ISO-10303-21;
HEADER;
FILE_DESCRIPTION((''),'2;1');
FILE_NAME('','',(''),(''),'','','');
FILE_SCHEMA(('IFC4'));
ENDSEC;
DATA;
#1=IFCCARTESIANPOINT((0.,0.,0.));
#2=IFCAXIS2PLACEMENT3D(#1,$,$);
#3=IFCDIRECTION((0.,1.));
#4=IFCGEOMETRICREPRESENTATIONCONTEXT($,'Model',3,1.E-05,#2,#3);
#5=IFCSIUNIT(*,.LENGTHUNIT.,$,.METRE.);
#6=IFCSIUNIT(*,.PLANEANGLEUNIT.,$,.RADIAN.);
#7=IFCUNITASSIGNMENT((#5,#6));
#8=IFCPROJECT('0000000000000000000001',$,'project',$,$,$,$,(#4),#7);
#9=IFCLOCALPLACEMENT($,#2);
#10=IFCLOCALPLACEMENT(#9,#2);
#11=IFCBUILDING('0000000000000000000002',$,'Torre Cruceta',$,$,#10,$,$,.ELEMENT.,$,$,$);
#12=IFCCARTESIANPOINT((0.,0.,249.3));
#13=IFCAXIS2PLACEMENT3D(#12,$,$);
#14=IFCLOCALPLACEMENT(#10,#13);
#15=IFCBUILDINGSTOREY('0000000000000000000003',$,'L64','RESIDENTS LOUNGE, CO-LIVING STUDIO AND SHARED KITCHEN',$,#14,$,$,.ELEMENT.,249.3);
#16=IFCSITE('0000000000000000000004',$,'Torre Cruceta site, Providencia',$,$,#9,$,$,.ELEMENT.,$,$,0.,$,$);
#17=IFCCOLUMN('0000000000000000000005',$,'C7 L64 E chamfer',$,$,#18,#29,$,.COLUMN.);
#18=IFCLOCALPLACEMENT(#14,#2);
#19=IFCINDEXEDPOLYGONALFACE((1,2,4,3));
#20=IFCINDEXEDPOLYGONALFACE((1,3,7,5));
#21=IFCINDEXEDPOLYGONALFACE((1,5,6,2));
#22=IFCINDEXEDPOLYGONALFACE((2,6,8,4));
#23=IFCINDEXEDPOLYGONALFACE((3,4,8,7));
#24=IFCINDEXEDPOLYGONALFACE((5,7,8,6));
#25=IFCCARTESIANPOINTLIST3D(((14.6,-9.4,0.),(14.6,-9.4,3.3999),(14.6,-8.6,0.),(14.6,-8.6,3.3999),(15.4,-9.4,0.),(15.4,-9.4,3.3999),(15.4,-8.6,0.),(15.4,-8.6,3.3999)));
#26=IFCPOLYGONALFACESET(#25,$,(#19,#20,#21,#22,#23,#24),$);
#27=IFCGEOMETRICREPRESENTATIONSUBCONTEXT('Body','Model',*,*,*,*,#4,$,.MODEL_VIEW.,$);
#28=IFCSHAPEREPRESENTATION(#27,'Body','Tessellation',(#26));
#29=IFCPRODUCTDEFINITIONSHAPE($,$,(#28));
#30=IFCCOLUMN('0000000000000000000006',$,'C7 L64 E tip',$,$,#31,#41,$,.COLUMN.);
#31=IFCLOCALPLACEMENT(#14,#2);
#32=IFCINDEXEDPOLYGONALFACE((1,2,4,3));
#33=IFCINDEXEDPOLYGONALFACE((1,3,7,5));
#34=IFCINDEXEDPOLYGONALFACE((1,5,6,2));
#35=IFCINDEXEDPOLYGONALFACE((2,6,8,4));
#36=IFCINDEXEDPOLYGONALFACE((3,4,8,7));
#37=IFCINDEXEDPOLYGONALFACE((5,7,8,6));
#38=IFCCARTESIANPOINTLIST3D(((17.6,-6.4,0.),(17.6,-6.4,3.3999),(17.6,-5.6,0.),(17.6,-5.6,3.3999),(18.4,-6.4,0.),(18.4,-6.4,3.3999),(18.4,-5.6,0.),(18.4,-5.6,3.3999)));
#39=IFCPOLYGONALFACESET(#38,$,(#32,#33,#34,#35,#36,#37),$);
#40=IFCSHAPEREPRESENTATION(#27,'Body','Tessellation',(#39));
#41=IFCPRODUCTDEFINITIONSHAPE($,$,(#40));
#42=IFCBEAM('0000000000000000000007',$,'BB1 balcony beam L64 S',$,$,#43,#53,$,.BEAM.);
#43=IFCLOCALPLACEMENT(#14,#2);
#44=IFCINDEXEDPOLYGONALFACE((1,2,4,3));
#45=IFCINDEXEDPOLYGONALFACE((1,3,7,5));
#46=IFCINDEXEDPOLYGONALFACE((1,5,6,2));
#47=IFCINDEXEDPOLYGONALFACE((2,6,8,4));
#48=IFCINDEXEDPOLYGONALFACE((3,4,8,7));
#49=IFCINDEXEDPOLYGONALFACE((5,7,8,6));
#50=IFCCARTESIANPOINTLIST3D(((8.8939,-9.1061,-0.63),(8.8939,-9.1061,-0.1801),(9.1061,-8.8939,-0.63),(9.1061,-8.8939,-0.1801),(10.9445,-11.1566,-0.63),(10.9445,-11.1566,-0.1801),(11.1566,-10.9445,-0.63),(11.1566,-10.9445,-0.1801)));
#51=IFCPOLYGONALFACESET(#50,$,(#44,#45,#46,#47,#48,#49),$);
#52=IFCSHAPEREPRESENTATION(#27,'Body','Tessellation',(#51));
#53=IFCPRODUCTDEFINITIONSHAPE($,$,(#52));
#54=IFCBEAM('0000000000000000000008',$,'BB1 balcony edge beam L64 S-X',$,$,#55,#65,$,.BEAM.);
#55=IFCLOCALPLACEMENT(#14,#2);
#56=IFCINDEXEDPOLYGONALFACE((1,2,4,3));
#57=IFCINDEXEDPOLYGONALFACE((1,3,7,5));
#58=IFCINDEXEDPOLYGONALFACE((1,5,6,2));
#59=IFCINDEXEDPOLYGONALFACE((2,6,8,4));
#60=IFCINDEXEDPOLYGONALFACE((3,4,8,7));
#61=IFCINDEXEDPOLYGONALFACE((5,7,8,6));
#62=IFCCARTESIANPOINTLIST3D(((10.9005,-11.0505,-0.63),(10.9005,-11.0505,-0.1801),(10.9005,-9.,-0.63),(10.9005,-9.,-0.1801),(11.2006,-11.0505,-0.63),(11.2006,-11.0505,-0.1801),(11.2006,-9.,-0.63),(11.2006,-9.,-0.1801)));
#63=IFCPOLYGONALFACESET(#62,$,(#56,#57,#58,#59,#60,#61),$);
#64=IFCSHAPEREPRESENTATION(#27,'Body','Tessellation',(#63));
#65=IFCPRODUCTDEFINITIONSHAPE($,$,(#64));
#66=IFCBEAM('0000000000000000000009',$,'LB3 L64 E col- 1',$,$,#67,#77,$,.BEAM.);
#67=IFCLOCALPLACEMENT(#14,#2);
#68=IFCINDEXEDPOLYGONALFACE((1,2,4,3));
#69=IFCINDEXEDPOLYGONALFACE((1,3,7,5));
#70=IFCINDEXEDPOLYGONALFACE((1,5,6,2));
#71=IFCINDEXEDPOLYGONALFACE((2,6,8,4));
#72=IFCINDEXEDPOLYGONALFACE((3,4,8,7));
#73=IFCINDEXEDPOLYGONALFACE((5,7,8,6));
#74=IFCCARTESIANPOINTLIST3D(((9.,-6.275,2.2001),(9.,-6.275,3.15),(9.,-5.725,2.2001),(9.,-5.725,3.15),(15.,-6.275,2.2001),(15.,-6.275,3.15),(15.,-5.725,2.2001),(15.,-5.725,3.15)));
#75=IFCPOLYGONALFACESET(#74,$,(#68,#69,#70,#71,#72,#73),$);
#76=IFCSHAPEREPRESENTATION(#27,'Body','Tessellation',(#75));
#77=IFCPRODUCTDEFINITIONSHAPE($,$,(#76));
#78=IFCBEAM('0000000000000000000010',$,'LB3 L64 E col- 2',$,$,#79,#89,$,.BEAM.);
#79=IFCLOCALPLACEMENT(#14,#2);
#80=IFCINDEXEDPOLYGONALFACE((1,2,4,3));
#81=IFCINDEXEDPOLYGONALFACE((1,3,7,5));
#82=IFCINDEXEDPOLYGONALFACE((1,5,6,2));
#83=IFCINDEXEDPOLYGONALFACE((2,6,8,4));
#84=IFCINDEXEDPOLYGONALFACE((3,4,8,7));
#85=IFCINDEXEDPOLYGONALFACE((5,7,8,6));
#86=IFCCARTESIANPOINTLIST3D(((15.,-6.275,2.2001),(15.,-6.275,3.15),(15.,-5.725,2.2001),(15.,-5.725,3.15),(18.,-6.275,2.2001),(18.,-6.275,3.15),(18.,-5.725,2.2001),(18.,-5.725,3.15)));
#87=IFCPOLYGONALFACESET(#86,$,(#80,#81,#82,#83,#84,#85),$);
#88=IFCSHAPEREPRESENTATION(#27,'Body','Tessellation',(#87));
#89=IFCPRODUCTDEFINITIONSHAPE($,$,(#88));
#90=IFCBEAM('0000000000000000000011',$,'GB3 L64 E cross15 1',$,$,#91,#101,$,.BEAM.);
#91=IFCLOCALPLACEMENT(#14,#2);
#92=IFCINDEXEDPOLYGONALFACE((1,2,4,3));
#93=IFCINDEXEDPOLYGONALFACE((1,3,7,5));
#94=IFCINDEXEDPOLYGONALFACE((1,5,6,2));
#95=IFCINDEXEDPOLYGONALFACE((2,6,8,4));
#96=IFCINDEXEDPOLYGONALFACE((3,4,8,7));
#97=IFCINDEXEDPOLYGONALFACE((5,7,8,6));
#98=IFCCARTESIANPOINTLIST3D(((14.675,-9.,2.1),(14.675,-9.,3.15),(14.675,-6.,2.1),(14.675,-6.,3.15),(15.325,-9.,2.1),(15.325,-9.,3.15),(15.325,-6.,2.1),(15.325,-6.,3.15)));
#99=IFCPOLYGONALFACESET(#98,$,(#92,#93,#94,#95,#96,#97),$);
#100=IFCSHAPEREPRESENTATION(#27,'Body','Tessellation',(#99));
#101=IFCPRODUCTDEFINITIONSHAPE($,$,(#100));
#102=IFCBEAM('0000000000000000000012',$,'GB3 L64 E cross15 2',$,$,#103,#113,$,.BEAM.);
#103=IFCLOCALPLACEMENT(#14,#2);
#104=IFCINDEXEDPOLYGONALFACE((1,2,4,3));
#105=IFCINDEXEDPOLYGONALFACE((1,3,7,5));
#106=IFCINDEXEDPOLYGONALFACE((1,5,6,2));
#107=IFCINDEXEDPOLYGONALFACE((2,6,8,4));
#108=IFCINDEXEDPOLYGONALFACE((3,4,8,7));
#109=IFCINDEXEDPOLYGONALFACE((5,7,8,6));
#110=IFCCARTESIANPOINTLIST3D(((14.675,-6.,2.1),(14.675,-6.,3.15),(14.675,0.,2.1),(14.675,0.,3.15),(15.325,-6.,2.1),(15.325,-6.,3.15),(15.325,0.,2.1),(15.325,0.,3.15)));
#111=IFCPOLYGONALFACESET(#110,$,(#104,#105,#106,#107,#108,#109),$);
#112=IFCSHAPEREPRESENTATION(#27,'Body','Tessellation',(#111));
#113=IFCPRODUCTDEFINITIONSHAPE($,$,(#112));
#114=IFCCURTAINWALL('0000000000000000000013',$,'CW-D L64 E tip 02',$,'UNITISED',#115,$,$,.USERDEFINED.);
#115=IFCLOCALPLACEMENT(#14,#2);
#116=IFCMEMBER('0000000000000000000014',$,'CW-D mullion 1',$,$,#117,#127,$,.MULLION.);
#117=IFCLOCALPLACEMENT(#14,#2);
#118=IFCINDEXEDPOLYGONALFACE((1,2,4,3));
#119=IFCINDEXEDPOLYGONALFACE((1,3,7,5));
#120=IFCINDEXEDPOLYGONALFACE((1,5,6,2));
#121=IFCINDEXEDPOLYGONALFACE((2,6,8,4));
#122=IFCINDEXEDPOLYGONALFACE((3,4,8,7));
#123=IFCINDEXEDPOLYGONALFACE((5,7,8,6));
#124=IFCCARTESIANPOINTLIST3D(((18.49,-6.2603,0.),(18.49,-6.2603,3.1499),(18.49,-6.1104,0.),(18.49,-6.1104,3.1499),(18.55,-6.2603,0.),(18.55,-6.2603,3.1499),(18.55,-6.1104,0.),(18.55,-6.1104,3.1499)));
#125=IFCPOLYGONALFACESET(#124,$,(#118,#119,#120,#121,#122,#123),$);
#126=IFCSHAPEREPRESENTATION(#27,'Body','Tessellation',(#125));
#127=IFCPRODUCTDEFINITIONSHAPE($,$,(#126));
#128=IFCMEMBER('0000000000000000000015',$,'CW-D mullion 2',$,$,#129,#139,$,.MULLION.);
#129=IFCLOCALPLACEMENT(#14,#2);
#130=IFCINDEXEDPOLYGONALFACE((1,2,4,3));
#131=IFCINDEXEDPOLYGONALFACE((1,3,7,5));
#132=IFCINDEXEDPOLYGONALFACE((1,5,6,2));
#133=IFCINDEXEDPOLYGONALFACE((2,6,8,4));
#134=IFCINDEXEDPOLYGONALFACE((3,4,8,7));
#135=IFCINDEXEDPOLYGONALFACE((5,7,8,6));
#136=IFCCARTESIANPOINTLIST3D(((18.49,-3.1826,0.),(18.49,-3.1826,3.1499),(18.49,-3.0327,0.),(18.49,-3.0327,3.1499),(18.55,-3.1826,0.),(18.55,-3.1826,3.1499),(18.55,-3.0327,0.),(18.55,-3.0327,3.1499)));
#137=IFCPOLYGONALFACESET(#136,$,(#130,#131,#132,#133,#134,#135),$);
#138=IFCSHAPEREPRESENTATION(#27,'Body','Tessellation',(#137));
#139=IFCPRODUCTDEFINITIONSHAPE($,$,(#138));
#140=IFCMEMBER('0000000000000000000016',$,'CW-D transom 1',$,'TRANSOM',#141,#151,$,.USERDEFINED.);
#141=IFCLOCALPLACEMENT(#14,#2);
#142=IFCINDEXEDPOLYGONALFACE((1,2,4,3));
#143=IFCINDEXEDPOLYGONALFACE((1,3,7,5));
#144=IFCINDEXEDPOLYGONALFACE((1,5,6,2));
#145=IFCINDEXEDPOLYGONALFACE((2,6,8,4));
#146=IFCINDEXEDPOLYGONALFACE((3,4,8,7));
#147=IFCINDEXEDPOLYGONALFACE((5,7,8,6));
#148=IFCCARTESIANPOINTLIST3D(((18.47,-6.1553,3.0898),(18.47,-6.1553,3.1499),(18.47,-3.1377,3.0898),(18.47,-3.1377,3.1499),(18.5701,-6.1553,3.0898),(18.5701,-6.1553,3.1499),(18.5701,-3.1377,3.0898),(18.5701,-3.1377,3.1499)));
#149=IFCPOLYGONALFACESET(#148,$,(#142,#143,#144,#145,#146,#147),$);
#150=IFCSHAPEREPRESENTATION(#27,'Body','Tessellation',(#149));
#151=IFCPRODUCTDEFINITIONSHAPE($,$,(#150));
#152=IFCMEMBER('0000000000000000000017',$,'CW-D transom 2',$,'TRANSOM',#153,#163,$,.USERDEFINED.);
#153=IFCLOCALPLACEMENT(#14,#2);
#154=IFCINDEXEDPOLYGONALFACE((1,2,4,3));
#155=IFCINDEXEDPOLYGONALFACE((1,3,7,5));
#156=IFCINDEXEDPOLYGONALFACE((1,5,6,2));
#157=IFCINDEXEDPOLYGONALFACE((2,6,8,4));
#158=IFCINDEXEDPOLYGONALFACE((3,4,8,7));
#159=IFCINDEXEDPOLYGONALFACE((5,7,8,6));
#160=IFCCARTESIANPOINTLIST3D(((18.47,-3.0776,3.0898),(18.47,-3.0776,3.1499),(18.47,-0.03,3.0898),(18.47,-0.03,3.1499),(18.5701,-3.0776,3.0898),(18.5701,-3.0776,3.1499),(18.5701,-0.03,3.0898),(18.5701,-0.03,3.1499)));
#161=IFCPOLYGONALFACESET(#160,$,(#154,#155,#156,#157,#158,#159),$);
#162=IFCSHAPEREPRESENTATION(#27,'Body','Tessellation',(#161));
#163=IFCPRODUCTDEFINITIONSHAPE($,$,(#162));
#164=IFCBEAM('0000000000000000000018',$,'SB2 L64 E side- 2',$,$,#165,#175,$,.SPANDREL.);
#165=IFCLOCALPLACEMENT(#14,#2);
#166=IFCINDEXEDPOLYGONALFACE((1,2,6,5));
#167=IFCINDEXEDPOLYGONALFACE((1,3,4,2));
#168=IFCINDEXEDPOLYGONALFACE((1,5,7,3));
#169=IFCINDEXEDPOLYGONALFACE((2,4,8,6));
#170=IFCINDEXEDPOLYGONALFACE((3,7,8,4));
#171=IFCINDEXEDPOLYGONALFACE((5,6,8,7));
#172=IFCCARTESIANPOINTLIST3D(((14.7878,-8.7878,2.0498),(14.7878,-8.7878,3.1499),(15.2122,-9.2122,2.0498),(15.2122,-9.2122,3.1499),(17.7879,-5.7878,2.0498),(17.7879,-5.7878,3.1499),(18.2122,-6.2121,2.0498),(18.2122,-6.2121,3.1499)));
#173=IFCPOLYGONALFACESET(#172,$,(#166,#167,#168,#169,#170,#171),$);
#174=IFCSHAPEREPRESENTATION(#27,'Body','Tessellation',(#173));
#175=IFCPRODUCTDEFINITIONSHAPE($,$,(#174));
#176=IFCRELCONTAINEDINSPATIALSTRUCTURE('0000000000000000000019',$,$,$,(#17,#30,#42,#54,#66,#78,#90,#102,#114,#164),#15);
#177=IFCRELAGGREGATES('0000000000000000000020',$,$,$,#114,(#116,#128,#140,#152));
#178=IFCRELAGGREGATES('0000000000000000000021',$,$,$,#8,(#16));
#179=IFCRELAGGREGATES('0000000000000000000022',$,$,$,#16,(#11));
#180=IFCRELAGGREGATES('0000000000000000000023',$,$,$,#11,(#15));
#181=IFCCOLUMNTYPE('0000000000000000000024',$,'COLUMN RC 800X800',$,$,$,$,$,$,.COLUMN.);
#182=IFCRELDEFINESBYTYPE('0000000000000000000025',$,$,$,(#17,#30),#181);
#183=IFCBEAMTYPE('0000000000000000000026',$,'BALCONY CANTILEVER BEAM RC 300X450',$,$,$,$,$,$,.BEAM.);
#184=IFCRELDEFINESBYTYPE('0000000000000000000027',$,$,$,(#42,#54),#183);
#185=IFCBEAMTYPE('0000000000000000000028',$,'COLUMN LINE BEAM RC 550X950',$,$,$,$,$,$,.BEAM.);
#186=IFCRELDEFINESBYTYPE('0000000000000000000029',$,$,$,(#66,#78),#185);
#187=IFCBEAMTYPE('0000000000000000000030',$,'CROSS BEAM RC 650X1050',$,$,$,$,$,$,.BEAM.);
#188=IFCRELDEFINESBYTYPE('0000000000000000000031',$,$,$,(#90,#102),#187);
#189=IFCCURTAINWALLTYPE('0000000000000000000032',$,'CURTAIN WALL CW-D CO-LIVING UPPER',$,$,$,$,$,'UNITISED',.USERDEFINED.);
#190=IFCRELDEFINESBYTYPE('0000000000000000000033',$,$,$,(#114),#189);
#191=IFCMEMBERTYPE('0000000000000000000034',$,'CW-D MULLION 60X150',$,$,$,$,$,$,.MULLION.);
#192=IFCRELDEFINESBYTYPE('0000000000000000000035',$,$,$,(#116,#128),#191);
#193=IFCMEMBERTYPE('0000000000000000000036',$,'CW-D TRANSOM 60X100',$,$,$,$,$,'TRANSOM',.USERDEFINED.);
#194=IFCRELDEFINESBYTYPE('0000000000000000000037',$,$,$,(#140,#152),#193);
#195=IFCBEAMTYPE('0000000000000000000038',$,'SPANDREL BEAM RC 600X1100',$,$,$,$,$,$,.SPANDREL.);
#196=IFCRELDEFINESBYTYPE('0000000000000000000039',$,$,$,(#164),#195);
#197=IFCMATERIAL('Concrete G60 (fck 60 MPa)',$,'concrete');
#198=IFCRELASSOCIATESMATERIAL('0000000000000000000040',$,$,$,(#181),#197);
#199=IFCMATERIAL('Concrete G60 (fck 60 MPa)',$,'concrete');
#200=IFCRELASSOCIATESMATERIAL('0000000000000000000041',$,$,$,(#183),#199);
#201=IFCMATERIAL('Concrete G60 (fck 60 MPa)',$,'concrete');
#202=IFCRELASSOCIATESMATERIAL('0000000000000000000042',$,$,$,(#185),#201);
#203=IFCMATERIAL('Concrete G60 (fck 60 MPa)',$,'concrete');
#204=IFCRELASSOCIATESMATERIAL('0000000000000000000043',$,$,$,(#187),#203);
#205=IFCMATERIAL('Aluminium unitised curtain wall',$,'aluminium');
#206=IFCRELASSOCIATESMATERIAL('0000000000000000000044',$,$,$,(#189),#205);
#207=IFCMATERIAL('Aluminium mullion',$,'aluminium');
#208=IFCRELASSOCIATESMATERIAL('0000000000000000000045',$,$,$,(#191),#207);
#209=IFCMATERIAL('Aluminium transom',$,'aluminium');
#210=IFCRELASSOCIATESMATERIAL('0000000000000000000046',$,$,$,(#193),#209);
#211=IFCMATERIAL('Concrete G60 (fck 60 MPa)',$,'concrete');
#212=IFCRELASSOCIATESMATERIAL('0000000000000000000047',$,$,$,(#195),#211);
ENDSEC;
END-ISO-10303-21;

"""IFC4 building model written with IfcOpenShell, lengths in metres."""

from ifc_helpers import new_model, si_unit, direction, frame, origin, origin_2d, place, context, subcontext, project, spatial, rectangle, extrude, material, material_profile, profile_set, type_object, element, aggregate, save


model = new_model("IFC4")

# Units and contexts
model_context = context("Model", 3, precision=1e-05, world=origin(), true_north=direction((0.0, 1.0)))
body_context = subcontext(model_context, "Body", "Model", "MODEL_VIEW")
ifc_project = project(units=[si_unit("LENGTHUNIT", "METRE"), si_unit("PLANEANGLEUNIT", "RADIAN")], contexts=[model_context])

# Site, building, storey
site_placement = place(None, origin())
site = spatial("IfcSite", under=ifc_project, at=site_placement, Name="Torre Cruceta site, Providencia", CompositionType="ELEMENT", RefElevation=0.0)
building_placement = place(site_placement, origin())
building = spatial("IfcBuilding", under=site, at=building_placement, Name="Torre Cruceta", CompositionType="ELEMENT")
storey_placement = place(building_placement, frame((0.0, 0.0, 249.3)))
storey = spatial("IfcBuildingStorey", under=building, at=storey_placement, Name="L64", Description="RESIDENTS LOUNGE, CO-LIVING STUDIO AND SHARED KITCHEN", CompositionType="ELEMENT", Elevation=249.3)

# Columns
ifc_material_1 = material(Name="Concrete G60 (fck 60 MPa)", Category="concrete")
ifc_material_profile_1 = material_profile(ifc_material_1, rectangle(XDim=0.8, YDim=0.8, at=origin_2d()), Name="RC 800X800")
ifc_profile_set_1 = profile_set([ifc_material_profile_1], Name="Concrete G60 (fck 60 MPa)")
column_type = type_object("IfcColumnType", Name="COLUMN RC 800X800", PredefinedType="COLUMN", material=ifc_profile_set_1)
for number, where, z_axis, x_axis, name in (
    (1, (15.0, -9.0, 0.0), (0.0, 0.0, 1.0), (1.0, 0.0, 0.0), "C7 L64 E chamfer"),
    (2, (18.0, -6.0, 0.0), (0.0, 0.0, 1.0), (1.0, 0.0, 0.0), "C7 L64 E tip"),
):
    element("IfcColumn", number, at=place(storey_placement, frame(where, z_axis=z_axis, x_axis=x_axis)), inside=storey, type_object=column_type, Name=name, PredefinedType="COLUMN", context=body_context, shape_type="SweptSolid", body=[
        extrude(rectangle(XDim=0.8, YDim=0.8, at=origin_2d()), origin(), (0.0, 0.0, 1.0), 3.3999),
    ])

# Beams
ifc_material_2 = material(Name="Concrete G60 (fck 60 MPa)", Category="concrete")
ifc_material_profile_2 = material_profile(ifc_material_2, rectangle(XDim=0.3, YDim=0.45, at=origin_2d()), Name="RC 300X450")
ifc_profile_set_2 = profile_set([ifc_material_profile_2], Name="Concrete G60 (fck 60 MPa)")
beam_type_1 = type_object("IfcBeamType", Name="BALCONY CANTILEVER BEAM RC 300X450", PredefinedType="BEAM", material=ifc_profile_set_2)
beam_1_placement = place(storey_placement, frame((9.0, -9.0, -0.405), z_axis=(0.707107, -0.707107, 0.0), x_axis=(0.707107, 0.707107, 0.0)))
element("IfcBeam", 3, at=beam_1_placement, inside=storey, type_object=beam_type_1, Name="BB1 balcony beam L64 S", PredefinedType="BEAM", context=body_context, shape_type="SweptSolid", body=[
    extrude(rectangle(XDim=0.3, YDim=0.45, at=origin_2d()), origin(), (0.0, 0.0, 1.0), 2.8999),
])
beam_2_placement = place(storey_placement, frame((11.0505, -9.0, -0.405), z_axis=(0.0, -1.0, 0.0), x_axis=(1.0, 0.0, 0.0)))
element("IfcBeam", 4, at=beam_2_placement, inside=storey, type_object=beam_type_1, Name="BB1 balcony edge beam L64 S-X", PredefinedType="BEAM", context=body_context, shape_type="SweptSolid", body=[
    extrude(rectangle(XDim=0.3, YDim=0.45, at=origin_2d()), origin(), (0.0, 0.0, 1.0), 2.0505),
])
ifc_material_3 = material(Name="Concrete G60 (fck 60 MPa)", Category="concrete")
ifc_material_profile_3 = material_profile(ifc_material_3, rectangle(XDim=0.55, YDim=0.95, at=origin_2d()), Name="RC 550X950")
ifc_profile_set_3 = profile_set([ifc_material_profile_3], Name="Concrete G60 (fck 60 MPa)")
beam_type_2 = type_object("IfcBeamType", Name="COLUMN LINE BEAM RC 550X950", PredefinedType="BEAM", material=ifc_profile_set_3)
beam_3_placement = place(storey_placement, frame((9.0, -6.0, 2.675), z_axis=(1.0, 0.0, 0.0), x_axis=(0.0, 1.0, 0.0)))
element("IfcBeam", 5, at=beam_3_placement, inside=storey, type_object=beam_type_2, Name="LB3 L64 E col- 1", PredefinedType="BEAM", context=body_context, shape_type="SweptSolid", body=[
    extrude(rectangle(XDim=0.55, YDim=0.95, at=origin_2d()), origin(), (0.0, 0.0, 1.0), 6.0),
])
beam_4_placement = place(storey_placement, frame((15.0, -6.0, 2.675), z_axis=(1.0, 0.0, 0.0), x_axis=(0.0, 1.0, 0.0)))
element("IfcBeam", 6, at=beam_4_placement, inside=storey, type_object=beam_type_2, Name="LB3 L64 E col- 2", PredefinedType="BEAM", context=body_context, shape_type="SweptSolid", body=[
    extrude(rectangle(XDim=0.55, YDim=0.95, at=origin_2d()), origin(), (0.0, 0.0, 1.0), 3.0),
])
ifc_material_4 = material(Name="Concrete G60 (fck 60 MPa)", Category="concrete")
ifc_material_profile_4 = material_profile(ifc_material_4, rectangle(XDim=0.6499, YDim=1.05, at=origin_2d()), Name="RC 650X1050")
ifc_profile_set_4 = profile_set([ifc_material_profile_4], Name="Concrete G60 (fck 60 MPa)")
beam_type_3 = type_object("IfcBeamType", Name="CROSS BEAM RC 650X1050", PredefinedType="BEAM", material=ifc_profile_set_4)
beam_5_placement = place(storey_placement, frame((15.0, -9.0, 2.625), z_axis=(0.0, 1.0, 0.0), x_axis=(-1.0, 0.0, 0.0)))
element("IfcBeam", 7, at=beam_5_placement, inside=storey, type_object=beam_type_3, Name="GB3 L64 E cross15 1", PredefinedType="BEAM", context=body_context, shape_type="SweptSolid", body=[
    extrude(rectangle(XDim=0.6499, YDim=1.05, at=origin_2d()), origin(), (0.0, 0.0, 1.0), 3.0),
])
beam_6_placement = place(storey_placement, frame((15.0, -6.0, 2.625), z_axis=(0.0, 1.0, 0.0), x_axis=(-1.0, 0.0, 0.0)))
element("IfcBeam", 8, at=beam_6_placement, inside=storey, type_object=beam_type_3, Name="GB3 L64 E cross15 2", PredefinedType="BEAM", context=body_context, shape_type="SweptSolid", body=[
    extrude(rectangle(XDim=0.6499, YDim=1.05, at=origin_2d()), origin(), (0.0, 0.0, 1.0), 6.0),
])

# Curtain wall, members
ifc_material_5 = material(Name="Aluminium unitised curtain wall", Category="aluminium")
curtain_wall_type = type_object("IfcCurtainWallType", Name="CURTAIN WALL CW-D CO-LIVING UPPER", ElementType="UNITISED", PredefinedType="USERDEFINED", material=ifc_material_5)
curtain_wall_placement = place(storey_placement, origin())
curtain_wall = element("IfcCurtainWall", 9, at=curtain_wall_placement, inside=storey, type_object=curtain_wall_type, Name="CW-D L64 E tip 02", ObjectType="UNITISED", PredefinedType="USERDEFINED")
ifc_material_6 = material(Name="Aluminium mullion", Category="aluminium")
ifc_material_profile_5 = material_profile(ifc_material_6, rectangle(XDim=0.0601, YDim=0.1499, at=origin_2d()), Name="AL 60X150")
ifc_profile_set_5 = profile_set([ifc_material_profile_5], Name="Aluminium mullion")
member_type_1 = type_object("IfcMemberType", Name="CW-D MULLION 60X150", PredefinedType="MULLION", material=ifc_profile_set_5)
member_1_placement = place(storey_placement, frame((18.52, -6.1853, 0.0), z_axis=(0.0, 0.0, 1.0), x_axis=(-1.0, 0.0, 0.0)))
member_1 = element("IfcMember", 10, at=member_1_placement, type_object=member_type_1, Name="CW-D mullion 1", PredefinedType="MULLION", context=body_context, shape_type="SweptSolid", body=[
    extrude(rectangle(XDim=0.0601, YDim=0.1499, at=origin_2d()), origin(), (0.0, 0.0, 1.0), 3.1499),
])
member_2_placement = place(storey_placement, frame((18.52, -3.1077, 0.0), z_axis=(0.0, 0.0, 1.0), x_axis=(-1.0, 0.0, 0.0)))
member_2 = element("IfcMember", 11, at=member_2_placement, type_object=member_type_1, Name="CW-D mullion 2", PredefinedType="MULLION", context=body_context, shape_type="SweptSolid", body=[
    extrude(rectangle(XDim=0.0601, YDim=0.1499, at=origin_2d()), origin(), (0.0, 0.0, 1.0), 3.1499),
])
ifc_material_7 = material(Name="Aluminium transom", Category="aluminium")
ifc_material_profile_6 = material_profile(ifc_material_7, rectangle(XDim=0.1001, YDim=0.0601, at=origin_2d()), Name="AL 100X60")
ifc_profile_set_6 = profile_set([ifc_material_profile_6], Name="Aluminium transom")
member_type_2 = type_object("IfcMemberType", Name="CW-D TRANSOM 60X100", ElementType="TRANSOM", PredefinedType="USERDEFINED", material=ifc_profile_set_6)
member_3_placement = place(storey_placement, frame((18.52, -6.1553, 3.1199), z_axis=(0.0, 1.0, 0.0), x_axis=(-1.0, 0.0, 0.0)))
member_3 = element("IfcMember", 12, at=member_3_placement, type_object=member_type_2, Name="CW-D transom 1", ObjectType="TRANSOM", PredefinedType="USERDEFINED", context=body_context, shape_type="SweptSolid", body=[
    extrude(rectangle(XDim=0.1001, YDim=0.0601, at=origin_2d()), origin(), (0.0, 0.0, 1.0), 3.0176),
])
member_4_placement = place(storey_placement, frame((18.52, -3.0776, 3.1199), z_axis=(0.0, 1.0, 0.0), x_axis=(-1.0, 0.0, 0.0)))
member_4 = element("IfcMember", 13, at=member_4_placement, type_object=member_type_2, Name="CW-D transom 2", ObjectType="TRANSOM", PredefinedType="USERDEFINED", context=body_context, shape_type="SweptSolid", body=[
    extrude(rectangle(XDim=0.1001, YDim=0.0601, at=origin_2d()), origin(), (0.0, 0.0, 1.0), 3.0476),
])

# Beam
ifc_material_8 = material(Name="Concrete G60 (fck 60 MPa)", Category="concrete")
ifc_material_profile_7 = material_profile(ifc_material_8, rectangle(XDim=0.6001, YDim=1.1001, at=origin_2d()), Name="RC 600X1100")
ifc_profile_set_7 = profile_set([ifc_material_profile_7], Name="Concrete G60 (fck 60 MPa)")
beam_type_4 = type_object("IfcBeamType", Name="SPANDREL BEAM RC 600X1100", PredefinedType="SPANDREL", material=ifc_profile_set_7)
beam_7_placement = place(storey_placement, frame((15.0, -9.0, 2.5999), z_axis=(0.707107, 0.707107, 0.0), x_axis=(-0.707107, 0.707107, 0.0)))
element("IfcBeam", 14, at=beam_7_placement, inside=storey, type_object=beam_type_4, Name="SB2 L64 E side- 2", PredefinedType="SPANDREL", context=body_context, shape_type="SweptSolid", body=[
    extrude(rectangle(XDim=0.6001, YDim=1.1001, at=origin_2d()), origin(), (0.0, 0.0, 1.0), 4.2427),
])

aggregate(curtain_wall, [member_1, member_2, member_3, member_4])

save(model, "model.ifc")
